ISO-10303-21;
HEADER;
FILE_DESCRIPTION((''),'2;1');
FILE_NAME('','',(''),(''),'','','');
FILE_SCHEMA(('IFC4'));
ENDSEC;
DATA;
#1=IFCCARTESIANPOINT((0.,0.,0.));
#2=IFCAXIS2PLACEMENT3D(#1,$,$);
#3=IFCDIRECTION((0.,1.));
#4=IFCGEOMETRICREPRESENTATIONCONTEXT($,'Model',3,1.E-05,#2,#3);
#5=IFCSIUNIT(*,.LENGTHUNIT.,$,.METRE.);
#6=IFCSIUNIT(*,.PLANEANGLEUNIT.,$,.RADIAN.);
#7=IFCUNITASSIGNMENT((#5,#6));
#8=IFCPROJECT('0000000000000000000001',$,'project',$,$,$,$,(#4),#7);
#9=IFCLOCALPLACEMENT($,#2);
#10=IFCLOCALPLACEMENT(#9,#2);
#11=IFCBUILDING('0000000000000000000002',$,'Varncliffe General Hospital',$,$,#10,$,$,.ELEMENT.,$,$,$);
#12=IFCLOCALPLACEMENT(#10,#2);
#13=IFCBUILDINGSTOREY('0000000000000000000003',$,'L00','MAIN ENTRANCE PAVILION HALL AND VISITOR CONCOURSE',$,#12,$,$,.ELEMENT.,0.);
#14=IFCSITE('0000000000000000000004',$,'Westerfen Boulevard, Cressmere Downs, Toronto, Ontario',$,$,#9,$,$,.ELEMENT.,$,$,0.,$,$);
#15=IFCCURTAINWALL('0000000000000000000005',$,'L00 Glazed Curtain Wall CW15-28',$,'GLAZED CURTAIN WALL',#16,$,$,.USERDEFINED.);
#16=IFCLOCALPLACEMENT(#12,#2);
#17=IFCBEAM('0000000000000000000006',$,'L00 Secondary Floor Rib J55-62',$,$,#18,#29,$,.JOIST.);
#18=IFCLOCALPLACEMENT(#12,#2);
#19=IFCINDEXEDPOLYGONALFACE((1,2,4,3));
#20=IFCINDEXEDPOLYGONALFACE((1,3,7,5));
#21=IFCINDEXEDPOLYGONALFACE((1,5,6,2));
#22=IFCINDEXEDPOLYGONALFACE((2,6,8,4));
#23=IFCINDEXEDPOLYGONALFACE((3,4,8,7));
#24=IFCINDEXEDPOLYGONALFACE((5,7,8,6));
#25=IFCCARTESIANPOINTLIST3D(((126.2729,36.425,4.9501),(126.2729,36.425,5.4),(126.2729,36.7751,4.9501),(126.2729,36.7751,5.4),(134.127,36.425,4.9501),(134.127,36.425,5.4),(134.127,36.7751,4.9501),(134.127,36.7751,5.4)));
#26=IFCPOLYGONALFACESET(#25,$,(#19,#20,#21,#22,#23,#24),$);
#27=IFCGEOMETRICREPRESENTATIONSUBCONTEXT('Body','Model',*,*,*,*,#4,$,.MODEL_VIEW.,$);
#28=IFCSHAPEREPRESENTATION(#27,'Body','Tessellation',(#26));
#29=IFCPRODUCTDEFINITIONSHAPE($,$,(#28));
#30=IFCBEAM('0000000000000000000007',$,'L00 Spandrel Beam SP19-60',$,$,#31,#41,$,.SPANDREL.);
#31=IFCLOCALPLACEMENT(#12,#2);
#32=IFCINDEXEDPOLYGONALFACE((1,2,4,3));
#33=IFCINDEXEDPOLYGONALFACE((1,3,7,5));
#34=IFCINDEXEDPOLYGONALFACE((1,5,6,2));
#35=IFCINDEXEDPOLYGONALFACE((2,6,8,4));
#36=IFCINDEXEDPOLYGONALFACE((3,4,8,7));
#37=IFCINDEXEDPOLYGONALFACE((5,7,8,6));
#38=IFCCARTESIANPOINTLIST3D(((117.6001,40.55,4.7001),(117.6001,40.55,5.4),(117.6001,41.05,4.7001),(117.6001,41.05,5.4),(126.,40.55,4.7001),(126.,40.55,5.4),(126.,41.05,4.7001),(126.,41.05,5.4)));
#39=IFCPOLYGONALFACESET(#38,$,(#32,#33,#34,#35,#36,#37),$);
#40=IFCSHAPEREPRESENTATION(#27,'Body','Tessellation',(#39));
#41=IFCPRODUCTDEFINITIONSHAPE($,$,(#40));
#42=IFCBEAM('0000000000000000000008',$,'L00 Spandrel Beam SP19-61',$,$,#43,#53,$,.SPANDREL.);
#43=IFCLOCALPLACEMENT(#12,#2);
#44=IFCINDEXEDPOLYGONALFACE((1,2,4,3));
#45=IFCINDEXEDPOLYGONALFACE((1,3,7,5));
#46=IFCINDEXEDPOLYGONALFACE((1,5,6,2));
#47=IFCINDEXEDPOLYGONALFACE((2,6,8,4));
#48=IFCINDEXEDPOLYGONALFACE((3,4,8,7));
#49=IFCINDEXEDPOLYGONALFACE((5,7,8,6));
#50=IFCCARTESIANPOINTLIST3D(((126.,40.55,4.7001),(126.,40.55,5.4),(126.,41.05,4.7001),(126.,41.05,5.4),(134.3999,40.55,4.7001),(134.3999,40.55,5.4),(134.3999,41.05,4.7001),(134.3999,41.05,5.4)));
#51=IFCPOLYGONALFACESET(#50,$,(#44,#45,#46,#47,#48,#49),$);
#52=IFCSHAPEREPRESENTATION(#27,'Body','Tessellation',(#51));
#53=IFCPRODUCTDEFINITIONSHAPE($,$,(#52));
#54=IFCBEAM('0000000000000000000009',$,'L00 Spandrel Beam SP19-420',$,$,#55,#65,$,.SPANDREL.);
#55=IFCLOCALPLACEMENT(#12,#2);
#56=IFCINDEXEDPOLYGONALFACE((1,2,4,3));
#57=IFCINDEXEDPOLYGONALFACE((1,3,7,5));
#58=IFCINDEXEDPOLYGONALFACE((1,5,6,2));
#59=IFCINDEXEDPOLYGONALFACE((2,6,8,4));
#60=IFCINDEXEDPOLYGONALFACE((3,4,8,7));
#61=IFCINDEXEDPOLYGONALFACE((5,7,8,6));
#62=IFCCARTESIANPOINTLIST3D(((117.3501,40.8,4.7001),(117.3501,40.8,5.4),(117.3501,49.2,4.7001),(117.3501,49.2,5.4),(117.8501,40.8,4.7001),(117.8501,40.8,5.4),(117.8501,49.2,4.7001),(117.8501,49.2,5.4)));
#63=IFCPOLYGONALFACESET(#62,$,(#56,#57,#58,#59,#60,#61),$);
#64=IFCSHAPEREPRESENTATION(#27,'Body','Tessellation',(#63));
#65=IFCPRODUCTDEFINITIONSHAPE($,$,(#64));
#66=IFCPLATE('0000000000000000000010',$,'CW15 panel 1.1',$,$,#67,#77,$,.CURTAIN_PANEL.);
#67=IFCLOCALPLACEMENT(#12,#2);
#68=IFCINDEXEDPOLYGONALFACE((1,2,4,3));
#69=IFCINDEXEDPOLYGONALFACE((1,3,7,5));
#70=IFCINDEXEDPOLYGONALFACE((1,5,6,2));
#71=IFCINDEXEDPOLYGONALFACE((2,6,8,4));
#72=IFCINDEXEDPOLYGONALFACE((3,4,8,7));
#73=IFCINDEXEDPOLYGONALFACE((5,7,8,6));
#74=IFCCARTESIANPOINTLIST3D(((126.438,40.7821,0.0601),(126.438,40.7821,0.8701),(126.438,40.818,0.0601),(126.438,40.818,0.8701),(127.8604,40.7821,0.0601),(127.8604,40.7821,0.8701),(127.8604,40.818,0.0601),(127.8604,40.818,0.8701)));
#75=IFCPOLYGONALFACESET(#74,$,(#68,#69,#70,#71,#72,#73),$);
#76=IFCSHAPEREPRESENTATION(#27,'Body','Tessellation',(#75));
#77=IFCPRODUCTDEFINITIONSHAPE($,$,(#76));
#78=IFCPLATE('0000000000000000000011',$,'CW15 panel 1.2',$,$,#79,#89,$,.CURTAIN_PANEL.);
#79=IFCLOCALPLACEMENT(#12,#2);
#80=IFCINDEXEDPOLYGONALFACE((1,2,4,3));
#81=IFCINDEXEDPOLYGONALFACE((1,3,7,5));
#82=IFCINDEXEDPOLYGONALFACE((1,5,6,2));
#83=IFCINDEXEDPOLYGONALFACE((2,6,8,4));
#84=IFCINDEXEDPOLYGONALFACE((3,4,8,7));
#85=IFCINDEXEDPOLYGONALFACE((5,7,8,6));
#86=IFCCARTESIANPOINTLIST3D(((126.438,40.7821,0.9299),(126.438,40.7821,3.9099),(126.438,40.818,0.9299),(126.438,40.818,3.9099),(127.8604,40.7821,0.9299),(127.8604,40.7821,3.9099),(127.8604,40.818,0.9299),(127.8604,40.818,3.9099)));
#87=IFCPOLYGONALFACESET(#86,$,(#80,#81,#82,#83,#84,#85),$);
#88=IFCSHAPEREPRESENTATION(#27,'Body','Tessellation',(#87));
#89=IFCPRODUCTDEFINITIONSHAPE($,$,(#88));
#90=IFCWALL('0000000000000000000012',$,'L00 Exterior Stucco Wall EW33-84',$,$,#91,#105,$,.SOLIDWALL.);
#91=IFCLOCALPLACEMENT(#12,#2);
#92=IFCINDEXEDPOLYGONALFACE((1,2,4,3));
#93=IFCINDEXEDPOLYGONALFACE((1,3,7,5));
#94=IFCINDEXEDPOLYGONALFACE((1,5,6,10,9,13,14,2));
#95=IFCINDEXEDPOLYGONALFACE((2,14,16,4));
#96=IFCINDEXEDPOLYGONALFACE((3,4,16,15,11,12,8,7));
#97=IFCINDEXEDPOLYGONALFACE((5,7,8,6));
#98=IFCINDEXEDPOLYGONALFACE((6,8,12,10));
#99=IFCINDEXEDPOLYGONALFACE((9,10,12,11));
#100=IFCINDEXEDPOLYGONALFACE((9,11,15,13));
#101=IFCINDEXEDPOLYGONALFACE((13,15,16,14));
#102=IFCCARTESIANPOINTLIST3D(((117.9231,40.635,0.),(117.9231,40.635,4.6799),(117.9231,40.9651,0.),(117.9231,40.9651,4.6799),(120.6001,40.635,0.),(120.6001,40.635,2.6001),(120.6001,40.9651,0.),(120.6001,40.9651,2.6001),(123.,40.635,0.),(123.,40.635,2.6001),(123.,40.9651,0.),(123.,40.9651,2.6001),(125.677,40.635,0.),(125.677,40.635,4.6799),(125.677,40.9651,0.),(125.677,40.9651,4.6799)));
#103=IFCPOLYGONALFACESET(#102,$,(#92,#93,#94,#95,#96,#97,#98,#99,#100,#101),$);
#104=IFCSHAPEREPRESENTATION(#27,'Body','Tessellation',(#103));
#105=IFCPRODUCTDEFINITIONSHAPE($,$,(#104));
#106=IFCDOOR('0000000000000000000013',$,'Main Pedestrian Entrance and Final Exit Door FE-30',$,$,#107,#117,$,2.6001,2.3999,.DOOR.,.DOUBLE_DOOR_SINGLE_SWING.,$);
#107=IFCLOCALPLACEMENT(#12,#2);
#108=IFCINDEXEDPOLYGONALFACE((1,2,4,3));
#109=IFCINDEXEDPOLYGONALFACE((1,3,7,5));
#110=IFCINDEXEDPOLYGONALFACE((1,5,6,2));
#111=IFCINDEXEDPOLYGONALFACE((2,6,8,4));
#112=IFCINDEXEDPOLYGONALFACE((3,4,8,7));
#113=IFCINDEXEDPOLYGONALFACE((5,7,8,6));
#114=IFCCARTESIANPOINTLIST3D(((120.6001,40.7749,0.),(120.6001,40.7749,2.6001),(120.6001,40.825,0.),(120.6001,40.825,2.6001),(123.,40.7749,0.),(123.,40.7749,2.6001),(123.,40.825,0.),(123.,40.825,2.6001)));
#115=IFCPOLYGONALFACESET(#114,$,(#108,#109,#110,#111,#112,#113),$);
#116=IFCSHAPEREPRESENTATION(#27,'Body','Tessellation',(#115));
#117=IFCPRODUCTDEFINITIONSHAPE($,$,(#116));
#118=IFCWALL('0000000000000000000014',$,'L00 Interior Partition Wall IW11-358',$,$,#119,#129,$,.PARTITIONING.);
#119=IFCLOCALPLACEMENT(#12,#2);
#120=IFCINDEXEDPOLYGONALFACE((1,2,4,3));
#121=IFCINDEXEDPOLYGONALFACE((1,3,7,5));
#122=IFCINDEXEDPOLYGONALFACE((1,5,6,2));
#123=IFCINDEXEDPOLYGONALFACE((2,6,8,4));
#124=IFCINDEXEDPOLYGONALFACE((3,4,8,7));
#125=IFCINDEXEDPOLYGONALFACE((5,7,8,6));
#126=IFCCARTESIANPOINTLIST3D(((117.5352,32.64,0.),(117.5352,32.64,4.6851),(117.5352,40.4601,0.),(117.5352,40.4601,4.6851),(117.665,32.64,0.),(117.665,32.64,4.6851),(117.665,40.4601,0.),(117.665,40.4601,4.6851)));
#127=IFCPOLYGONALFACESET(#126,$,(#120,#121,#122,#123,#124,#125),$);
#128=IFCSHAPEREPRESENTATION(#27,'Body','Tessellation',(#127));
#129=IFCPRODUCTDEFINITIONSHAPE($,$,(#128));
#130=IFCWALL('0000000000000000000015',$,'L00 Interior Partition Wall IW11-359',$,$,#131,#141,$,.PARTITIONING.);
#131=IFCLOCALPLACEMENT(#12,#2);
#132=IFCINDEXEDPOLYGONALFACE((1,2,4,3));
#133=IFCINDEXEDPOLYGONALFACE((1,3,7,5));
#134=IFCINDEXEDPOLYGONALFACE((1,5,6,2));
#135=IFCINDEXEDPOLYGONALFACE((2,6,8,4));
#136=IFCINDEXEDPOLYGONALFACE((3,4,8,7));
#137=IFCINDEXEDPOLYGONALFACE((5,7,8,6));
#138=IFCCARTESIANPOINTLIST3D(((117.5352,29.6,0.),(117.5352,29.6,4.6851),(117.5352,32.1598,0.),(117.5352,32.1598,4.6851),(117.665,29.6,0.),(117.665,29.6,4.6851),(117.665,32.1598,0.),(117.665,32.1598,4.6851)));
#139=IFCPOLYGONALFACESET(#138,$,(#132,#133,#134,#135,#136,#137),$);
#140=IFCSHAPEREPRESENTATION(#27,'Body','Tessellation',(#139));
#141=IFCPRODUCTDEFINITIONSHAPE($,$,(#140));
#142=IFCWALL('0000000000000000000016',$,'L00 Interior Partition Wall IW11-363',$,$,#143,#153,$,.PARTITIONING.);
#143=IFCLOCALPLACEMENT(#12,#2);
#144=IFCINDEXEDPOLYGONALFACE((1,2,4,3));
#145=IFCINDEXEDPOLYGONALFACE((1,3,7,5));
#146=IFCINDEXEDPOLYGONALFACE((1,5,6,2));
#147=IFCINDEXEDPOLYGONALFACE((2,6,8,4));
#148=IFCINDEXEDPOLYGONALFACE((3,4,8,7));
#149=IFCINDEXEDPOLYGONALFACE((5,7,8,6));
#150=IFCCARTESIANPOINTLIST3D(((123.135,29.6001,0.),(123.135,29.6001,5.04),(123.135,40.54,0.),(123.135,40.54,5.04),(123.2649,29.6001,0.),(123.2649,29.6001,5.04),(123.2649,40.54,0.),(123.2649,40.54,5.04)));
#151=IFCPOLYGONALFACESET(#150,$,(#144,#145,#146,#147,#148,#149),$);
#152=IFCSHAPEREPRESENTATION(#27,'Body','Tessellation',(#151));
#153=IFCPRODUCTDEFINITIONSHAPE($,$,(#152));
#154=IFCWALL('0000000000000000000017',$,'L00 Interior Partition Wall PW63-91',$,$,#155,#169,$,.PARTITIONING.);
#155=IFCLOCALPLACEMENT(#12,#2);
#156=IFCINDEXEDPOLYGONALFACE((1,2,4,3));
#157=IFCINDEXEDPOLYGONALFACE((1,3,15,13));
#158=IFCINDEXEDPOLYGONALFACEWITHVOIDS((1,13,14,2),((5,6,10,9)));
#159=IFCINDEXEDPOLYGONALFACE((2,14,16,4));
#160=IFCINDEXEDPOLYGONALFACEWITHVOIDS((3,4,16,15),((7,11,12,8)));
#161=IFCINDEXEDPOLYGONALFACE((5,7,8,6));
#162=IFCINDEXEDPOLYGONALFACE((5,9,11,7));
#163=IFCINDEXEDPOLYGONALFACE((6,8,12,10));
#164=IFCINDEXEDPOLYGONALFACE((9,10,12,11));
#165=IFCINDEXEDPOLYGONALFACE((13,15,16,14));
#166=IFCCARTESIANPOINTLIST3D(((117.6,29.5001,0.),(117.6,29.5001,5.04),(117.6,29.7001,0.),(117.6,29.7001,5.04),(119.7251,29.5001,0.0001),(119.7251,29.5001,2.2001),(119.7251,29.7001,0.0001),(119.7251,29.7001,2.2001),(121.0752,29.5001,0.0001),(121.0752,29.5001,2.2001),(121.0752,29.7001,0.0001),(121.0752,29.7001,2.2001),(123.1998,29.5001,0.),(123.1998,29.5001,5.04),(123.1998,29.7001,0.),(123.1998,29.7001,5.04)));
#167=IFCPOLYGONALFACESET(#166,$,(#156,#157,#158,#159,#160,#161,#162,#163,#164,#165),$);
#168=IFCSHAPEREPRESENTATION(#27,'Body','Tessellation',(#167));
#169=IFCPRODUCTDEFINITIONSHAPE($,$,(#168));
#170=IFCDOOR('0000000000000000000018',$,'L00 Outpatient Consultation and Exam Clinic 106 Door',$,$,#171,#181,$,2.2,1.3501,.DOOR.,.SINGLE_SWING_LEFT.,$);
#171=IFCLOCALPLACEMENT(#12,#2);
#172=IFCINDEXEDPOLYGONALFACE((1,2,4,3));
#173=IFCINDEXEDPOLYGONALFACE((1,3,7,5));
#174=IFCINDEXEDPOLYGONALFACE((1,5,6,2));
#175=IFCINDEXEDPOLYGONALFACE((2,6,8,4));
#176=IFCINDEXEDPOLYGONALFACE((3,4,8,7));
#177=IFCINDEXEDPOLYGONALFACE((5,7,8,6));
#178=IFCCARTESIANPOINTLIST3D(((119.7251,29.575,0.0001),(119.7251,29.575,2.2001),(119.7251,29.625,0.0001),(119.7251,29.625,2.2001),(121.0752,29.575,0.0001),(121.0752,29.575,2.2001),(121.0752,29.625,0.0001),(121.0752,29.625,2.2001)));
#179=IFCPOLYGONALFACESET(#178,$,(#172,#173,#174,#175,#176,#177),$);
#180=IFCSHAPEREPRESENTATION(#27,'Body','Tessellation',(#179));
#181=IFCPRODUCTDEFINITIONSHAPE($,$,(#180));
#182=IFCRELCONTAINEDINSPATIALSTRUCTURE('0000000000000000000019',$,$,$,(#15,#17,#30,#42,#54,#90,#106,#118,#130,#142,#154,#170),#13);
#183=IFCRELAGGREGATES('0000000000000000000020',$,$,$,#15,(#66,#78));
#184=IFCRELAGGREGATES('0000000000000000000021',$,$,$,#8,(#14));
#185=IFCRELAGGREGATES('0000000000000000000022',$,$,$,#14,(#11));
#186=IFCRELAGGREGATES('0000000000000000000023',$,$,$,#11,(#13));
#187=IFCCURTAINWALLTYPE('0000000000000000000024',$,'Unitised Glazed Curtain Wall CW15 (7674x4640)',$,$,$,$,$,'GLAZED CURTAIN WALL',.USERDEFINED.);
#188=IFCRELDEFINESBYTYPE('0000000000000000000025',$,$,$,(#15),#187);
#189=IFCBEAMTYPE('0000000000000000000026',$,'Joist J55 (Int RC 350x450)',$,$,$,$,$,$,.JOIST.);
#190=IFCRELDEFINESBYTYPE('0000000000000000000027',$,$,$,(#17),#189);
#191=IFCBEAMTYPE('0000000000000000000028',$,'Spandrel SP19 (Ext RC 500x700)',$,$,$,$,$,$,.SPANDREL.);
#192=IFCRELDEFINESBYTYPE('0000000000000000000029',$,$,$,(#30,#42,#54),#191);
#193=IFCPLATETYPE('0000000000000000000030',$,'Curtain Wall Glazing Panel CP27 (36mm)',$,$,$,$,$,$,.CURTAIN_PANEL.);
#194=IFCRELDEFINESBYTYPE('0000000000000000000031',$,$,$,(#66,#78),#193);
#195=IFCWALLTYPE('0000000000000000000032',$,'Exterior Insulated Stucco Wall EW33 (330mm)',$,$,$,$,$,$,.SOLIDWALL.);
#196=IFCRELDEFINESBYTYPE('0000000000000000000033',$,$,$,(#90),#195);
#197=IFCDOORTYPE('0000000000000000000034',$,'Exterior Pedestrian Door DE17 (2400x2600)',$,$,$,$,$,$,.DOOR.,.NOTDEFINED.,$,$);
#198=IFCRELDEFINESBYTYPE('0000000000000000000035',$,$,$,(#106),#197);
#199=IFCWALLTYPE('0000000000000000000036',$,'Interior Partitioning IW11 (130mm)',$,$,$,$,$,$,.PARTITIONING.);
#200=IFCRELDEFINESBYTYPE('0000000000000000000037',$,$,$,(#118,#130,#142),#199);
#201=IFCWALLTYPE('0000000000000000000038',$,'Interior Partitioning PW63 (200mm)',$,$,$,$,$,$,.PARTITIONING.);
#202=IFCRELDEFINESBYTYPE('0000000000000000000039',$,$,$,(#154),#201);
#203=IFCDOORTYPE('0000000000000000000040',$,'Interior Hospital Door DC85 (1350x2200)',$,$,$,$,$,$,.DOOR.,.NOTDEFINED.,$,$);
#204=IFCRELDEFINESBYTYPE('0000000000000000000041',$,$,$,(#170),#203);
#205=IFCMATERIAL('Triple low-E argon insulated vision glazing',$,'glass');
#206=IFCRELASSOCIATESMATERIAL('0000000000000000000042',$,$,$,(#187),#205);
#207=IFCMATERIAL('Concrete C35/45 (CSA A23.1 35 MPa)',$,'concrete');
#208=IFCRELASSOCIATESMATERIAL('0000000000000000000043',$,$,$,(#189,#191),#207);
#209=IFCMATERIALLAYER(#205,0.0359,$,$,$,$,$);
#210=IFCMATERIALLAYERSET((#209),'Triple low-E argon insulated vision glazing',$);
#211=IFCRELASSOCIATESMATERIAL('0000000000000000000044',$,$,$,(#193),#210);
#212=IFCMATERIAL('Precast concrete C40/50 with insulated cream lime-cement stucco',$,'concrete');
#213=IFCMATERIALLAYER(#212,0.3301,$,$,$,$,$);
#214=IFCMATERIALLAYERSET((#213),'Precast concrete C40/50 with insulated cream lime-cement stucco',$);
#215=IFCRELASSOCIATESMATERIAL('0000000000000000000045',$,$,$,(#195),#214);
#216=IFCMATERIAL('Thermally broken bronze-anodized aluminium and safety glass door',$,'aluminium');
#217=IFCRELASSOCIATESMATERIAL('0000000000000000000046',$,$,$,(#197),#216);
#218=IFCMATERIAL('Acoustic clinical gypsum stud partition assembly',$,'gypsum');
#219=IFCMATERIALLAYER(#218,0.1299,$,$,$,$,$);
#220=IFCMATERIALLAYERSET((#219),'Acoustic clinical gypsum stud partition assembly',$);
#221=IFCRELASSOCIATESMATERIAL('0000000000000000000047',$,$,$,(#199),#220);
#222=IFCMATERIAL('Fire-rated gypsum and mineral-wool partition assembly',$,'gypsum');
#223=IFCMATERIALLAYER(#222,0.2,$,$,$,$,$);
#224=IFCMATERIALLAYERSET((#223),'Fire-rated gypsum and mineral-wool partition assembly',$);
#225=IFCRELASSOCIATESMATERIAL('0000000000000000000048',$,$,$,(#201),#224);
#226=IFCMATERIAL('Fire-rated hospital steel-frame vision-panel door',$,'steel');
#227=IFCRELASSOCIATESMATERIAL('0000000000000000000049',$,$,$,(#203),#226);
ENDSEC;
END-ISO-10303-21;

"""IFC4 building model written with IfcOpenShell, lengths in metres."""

from ifc_helpers import new_model, si_unit, direction, frame, frame_2d, origin, origin_2d, place, context, subcontext, project, spatial, rectangle, extrude, material, layer, layer_set, material_profile, profile_set, type_object, element, fill, aggregate, save


model = new_model("IFC4")

# Units and contexts
model_context = context("Model", 3, precision=1e-05, world=origin(), true_north=direction((0.0, 1.0)))
body_context = subcontext(model_context, "Body", "Model", "MODEL_VIEW")
ifc_project = project(units=[si_unit("LENGTHUNIT", "METRE"), si_unit("PLANEANGLEUNIT", "RADIAN")], contexts=[model_context])

# Site, building, storey
site_placement = place(None, origin())
site = spatial("IfcSite", under=ifc_project, at=site_placement, Name="Westerfen Boulevard, Cressmere Downs, Toronto, Ontario", CompositionType="ELEMENT", RefElevation=0.0)
building_placement = place(site_placement, origin())
building = spatial("IfcBuilding", under=site, at=building_placement, Name="Varncliffe General Hospital", CompositionType="ELEMENT")
storey_placement = place(building_placement, origin())
storey = spatial("IfcBuildingStorey", under=building, at=storey_placement, Name="L00", Description="MAIN ENTRANCE PAVILION HALL AND VISITOR CONCOURSE", CompositionType="ELEMENT", Elevation=0.0)

# Shared definitions
ifc_material_1 = material(Name="Concrete C35/45 (CSA A23.1 35 MPa)", Category="concrete")

# Curtain wall
ifc_material_2 = material(Name="Triple low-E argon insulated vision glazing", Category="glass")
curtain_wall_type = type_object("IfcCurtainWallType", Name="Unitised Glazed Curtain Wall CW15 (7674x4640)", ElementType="GLAZED CURTAIN WALL", PredefinedType="USERDEFINED", material=ifc_material_2)
curtain_wall_placement = place(storey_placement, origin())
curtain_wall = element("IfcCurtainWall", 1, at=curtain_wall_placement, inside=storey, type_object=curtain_wall_type, Name="L00 Glazed Curtain Wall CW15-28", ObjectType="GLAZED CURTAIN WALL", PredefinedType="USERDEFINED")

# Beams
ifc_material_profile_1 = material_profile(ifc_material_1, rectangle(XDim=0.3501, YDim=0.45, at=origin_2d()), Name="RC 350x450")
ifc_profile_set_1 = profile_set([ifc_material_profile_1], Name="Concrete C35/45 (CSA A23.1 35 MPa)")
beam_type_1 = type_object("IfcBeamType", Name="Joist J55 (Int RC 350x450)", PredefinedType="JOIST", material=ifc_profile_set_1)
for number, where, z_axis, x_axis, name in (
    (2, (126.2729, 36.6001, 5.175), (1.0, 0.0, 0.0), (0.0, 1.0, 0.0), "L00 Secondary Floor Rib J55-62"),
):
    element("IfcBeam", number, at=place(storey_placement, frame(where, z_axis=z_axis, x_axis=x_axis)), inside=storey, type_object=beam_type_1, Name=name, PredefinedType="JOIST", context=body_context, shape_type="SweptSolid", body=[
        extrude(rectangle(XDim=0.3501, YDim=0.45, at=origin_2d()), origin(), (0.0, 0.0, 1.0), 7.854),
    ])
ifc_material_profile_2 = material_profile(ifc_material_1, rectangle(XDim=0.5, YDim=0.7, at=origin_2d()), Name="RC 500x700")
ifc_profile_set_2 = profile_set([ifc_material_profile_2], Name="Concrete C35/45 (CSA A23.1 35 MPa)")
beam_type_2 = type_object("IfcBeamType", Name="Spandrel SP19 (Ext RC 500x700)", PredefinedType="SPANDREL", material=ifc_profile_set_2)
for number, where, z_axis, x_axis, name in (
    (3, (117.6001, 40.8, 5.05), (1.0, 0.0, 0.0), (0.0, 1.0, 0.0), "L00 Spandrel Beam SP19-60"),
    (4, (126.0, 40.8, 5.05), (1.0, 0.0, 0.0), (0.0, 1.0, 0.0), "L00 Spandrel Beam SP19-61"),
    (5, (117.6001, 40.8, 5.05), (0.0, 1.0, 0.0), (-1.0, 0.0, 0.0), "L00 Spandrel Beam SP19-420"),
):
    element("IfcBeam", number, at=place(storey_placement, frame(where, z_axis=z_axis, x_axis=x_axis)), inside=storey, type_object=beam_type_2, Name=name, PredefinedType="SPANDREL", context=body_context, shape_type="SweptSolid", body=[
        extrude(rectangle(XDim=0.5, YDim=0.7, at=origin_2d()), origin(), (0.0, 0.0, 1.0), 8.3999),
    ])

# Plates
ifc_layer_1 = layer(ifc_material_2, 0.0359)
ifc_layer_set_1 = layer_set([ifc_layer_1], Name="Triple low-E argon insulated vision glazing")
plate_type = type_object("IfcPlateType", Name="Curtain Wall Glazing Panel CP27 (36mm)", PredefinedType="CURTAIN_PANEL", material=ifc_layer_set_1)
plate_1_placement = place(storey_placement, frame((127.1492, 40.8, 0.0601), z_axis=(0.0, 0.0, 1.0), x_axis=(1.0, 0.0, 0.0)))
plate_1 = element("IfcPlate", 6, at=plate_1_placement, type_object=plate_type, Name="CW15 panel 1.1", PredefinedType="CURTAIN_PANEL", context=body_context, shape_type="SweptSolid", body=[
    extrude(rectangle(XDim=1.4224, YDim=0.0359, at=origin_2d()), origin(), (0.0, 0.0, 1.0), 0.8101),
])
plate_2_placement = place(storey_placement, frame((127.1492, 40.8, 0.9299), z_axis=(0.0, 0.0, 1.0), x_axis=(1.0, 0.0, 0.0)))
plate_2 = element("IfcPlate", 7, at=plate_2_placement, type_object=plate_type, Name="CW15 panel 1.2", PredefinedType="CURTAIN_PANEL", context=body_context, shape_type="SweptSolid", body=[
    extrude(rectangle(XDim=1.4224, YDim=0.0359, at=origin_2d()), origin(), (0.0, 0.0, 1.0), 2.98),
])
aggregate(curtain_wall, [plate_1, plate_2])

# Wall, opening, door
ifc_material_3 = material(Name="Precast concrete C40/50 with insulated cream lime-cement stucco", Category="concrete")
ifc_layer_2 = layer(ifc_material_3, 0.3301)
ifc_layer_set_2 = layer_set([ifc_layer_2], Name="Precast concrete C40/50 with insulated cream lime-cement stucco")
wall_type_1 = type_object("IfcWallType", Name="Exterior Insulated Stucco Wall EW33 (330mm)", PredefinedType="SOLIDWALL", material=ifc_layer_set_2)
wall_1_placement = place(storey_placement, frame((117.9231, 40.8, 0.0), z_axis=(0.0, 0.0, 1.0), x_axis=(1.0, 0.0, 0.0)))
wall_1 = element("IfcWall", 8, at=wall_1_placement, inside=storey, type_object=wall_type_1, Name="L00 Exterior Stucco Wall EW33-84", PredefinedType="SOLIDWALL", context=body_context, shape_type="SweptSolid", body=[
    extrude(rectangle(XDim=7.7539, YDim=0.3301, at=frame_2d((3.877, 0.0))), origin(), (0.0, 0.0, 1.0), 4.6799),
])
opening_1_placement = place(wall_1_placement, frame((2.677, 0.0, 0.0)))
opening_1 = element("IfcOpeningElement", 9, at=opening_1_placement, cuts=wall_1, PredefinedType="OPENING", context=body_context, shape_type="SweptSolid", body=[
    extrude(rectangle(XDim=2.3999, YDim=2.6001, at=frame_2d((1.2, 1.3))), frame((0.0, 0.175, 0.0), z_axis=(0.0, -1.0, 0.0), x_axis=(1.0, 0.0, 0.0)), (0.0, 0.0, 1.0), 0.3501),
])
ifc_material_4 = material(Name="Thermally broken bronze-anodized aluminium and safety glass door", Category="aluminium")
door_type_1 = type_object("IfcDoorType", Name="Exterior Pedestrian Door DE17 (2400x2600)", OperationType="NOTDEFINED", PredefinedType="DOOR", material=ifc_material_4)
door_1_placement = place(opening_1_placement, origin())
door_1 = element("IfcDoor", 10, at=door_1_placement, inside=storey, type_object=door_type_1, Name="Main Pedestrian Entrance and Final Exit Door FE-30", OperationType="DOUBLE_DOOR_SINGLE_SWING", OverallHeight=2.6001, OverallWidth=2.3999, PredefinedType="DOOR", context=body_context, shape_type="SweptSolid", body=[
    extrude(rectangle(XDim=2.3999, YDim=2.6001, at=frame_2d((1.2, 1.3))), frame((0.0, 0.0249, 0.0), z_axis=(0.0, -1.0, 0.0), x_axis=(1.0, 0.0, 0.0)), (0.0, 0.0, 1.0), 0.05),
])
fill(opening_1, door_1)

# Walls
ifc_material_5 = material(Name="Acoustic clinical gypsum stud partition assembly", Category="gypsum")
ifc_layer_3 = layer(ifc_material_5, 0.1299)
ifc_layer_set_3 = layer_set([ifc_layer_3], Name="Acoustic clinical gypsum stud partition assembly")
wall_type_2 = type_object("IfcWallType", Name="Interior Partitioning IW11 (130mm)", PredefinedType="PARTITIONING", material=ifc_layer_set_3)
wall_2_placement = place(storey_placement, frame((117.6001, 32.6399, 0.0), z_axis=(0.0, 0.0, 1.0), x_axis=(0.0, 1.0, 0.0)))
element("IfcWall", 11, at=wall_2_placement, inside=storey, type_object=wall_type_2, Name="L00 Interior Partition Wall IW11-358", PredefinedType="PARTITIONING", context=body_context, shape_type="SweptSolid", body=[
    extrude(rectangle(XDim=7.8201, YDim=0.1299, at=frame_2d((3.9102, 0.0))), origin(), (0.0, 0.0, 1.0), 4.6851),
])
wall_3_placement = place(storey_placement, frame((117.6001, 29.6001, 0.0), z_axis=(0.0, 0.0, 1.0), x_axis=(0.0, 1.0, 0.0)))
element("IfcWall", 12, at=wall_3_placement, inside=storey, type_object=wall_type_2, Name="L00 Interior Partition Wall IW11-359", PredefinedType="PARTITIONING", context=body_context, shape_type="SweptSolid", body=[
    extrude(rectangle(XDim=2.5598, YDim=0.1299, at=frame_2d((1.2798, 0.0))), origin(), (0.0, 0.0, 1.0), 4.6851),
])
wall_4_placement = place(storey_placement, frame((123.2, 29.6001, 0.0), z_axis=(0.0, 0.0, 1.0), x_axis=(0.0, 1.0, 0.0)))
element("IfcWall", 13, at=wall_4_placement, inside=storey, type_object=wall_type_2, Name="L00 Interior Partition Wall IW11-363", PredefinedType="PARTITIONING", context=body_context, shape_type="SweptSolid", body=[
    extrude(rectangle(XDim=10.9399, YDim=0.1299, at=frame_2d((5.47, 0.0))), origin(), (0.0, 0.0, 1.0), 5.04),
])

# Wall, opening, door
ifc_material_6 = material(Name="Fire-rated gypsum and mineral-wool partition assembly", Category="gypsum")
ifc_layer_4 = layer(ifc_material_6, 0.2)
ifc_layer_set_4 = layer_set([ifc_layer_4], Name="Fire-rated gypsum and mineral-wool partition assembly")
wall_type_3 = type_object("IfcWallType", Name="Interior Partitioning PW63 (200mm)", PredefinedType="PARTITIONING", material=ifc_layer_set_4)
wall_5_placement = place(storey_placement, frame((117.6001, 29.6001, 0.0), z_axis=(0.0, 0.0, 1.0), x_axis=(1.0, 0.0, 0.0)))
wall_5 = element("IfcWall", 14, at=wall_5_placement, inside=storey, type_object=wall_type_3, Name="L00 Interior Partition Wall PW63-91", PredefinedType="PARTITIONING", context=body_context, shape_type="SweptSolid", body=[
    extrude(rectangle(XDim=5.5999, YDim=0.2, at=frame_2d((2.7998, 0.0))), origin(), (0.0, 0.0, 1.0), 5.04),
])
opening_2_placement = place(wall_5_placement, frame((2.125, 0.0, 0.0)))
opening_2 = element("IfcOpeningElement", 15, at=opening_2_placement, cuts=wall_5, PredefinedType="OPENING", context=body_context, shape_type="SweptSolid", body=[
    extrude(rectangle(XDim=1.3501, YDim=2.2, at=frame_2d((0.675, 1.1001))), frame((0.0, 0.1099, 0.0), z_axis=(0.0, -1.0, 0.0), x_axis=(1.0, 0.0, 0.0)), (0.0, 0.0, 1.0), 0.22),
])
ifc_material_7 = material(Name="Fire-rated hospital steel-frame vision-panel door", Category="steel")
door_type_2 = type_object("IfcDoorType", Name="Interior Hospital Door DC85 (1350x2200)", OperationType="NOTDEFINED", PredefinedType="DOOR", material=ifc_material_7)
door_2_placement = place(opening_2_placement, origin())
door_2 = element("IfcDoor", 16, at=door_2_placement, inside=storey, type_object=door_type_2, Name="L00 Outpatient Consultation and Exam Clinic 106 Door", OperationType="SINGLE_SWING_LEFT", OverallHeight=2.2, OverallWidth=1.3501, PredefinedType="DOOR", context=body_context, shape_type="SweptSolid", body=[
    extrude(rectangle(XDim=1.3501, YDim=2.2, at=frame_2d((0.675, 1.1001))), frame((0.0, 0.0249, 0.0), z_axis=(0.0, -1.0, 0.0), x_axis=(1.0, 0.0, 0.0)), (0.0, 0.0, 1.0), 0.05),
])
fill(opening_2, door_2)

save(model, "model.ifc")
